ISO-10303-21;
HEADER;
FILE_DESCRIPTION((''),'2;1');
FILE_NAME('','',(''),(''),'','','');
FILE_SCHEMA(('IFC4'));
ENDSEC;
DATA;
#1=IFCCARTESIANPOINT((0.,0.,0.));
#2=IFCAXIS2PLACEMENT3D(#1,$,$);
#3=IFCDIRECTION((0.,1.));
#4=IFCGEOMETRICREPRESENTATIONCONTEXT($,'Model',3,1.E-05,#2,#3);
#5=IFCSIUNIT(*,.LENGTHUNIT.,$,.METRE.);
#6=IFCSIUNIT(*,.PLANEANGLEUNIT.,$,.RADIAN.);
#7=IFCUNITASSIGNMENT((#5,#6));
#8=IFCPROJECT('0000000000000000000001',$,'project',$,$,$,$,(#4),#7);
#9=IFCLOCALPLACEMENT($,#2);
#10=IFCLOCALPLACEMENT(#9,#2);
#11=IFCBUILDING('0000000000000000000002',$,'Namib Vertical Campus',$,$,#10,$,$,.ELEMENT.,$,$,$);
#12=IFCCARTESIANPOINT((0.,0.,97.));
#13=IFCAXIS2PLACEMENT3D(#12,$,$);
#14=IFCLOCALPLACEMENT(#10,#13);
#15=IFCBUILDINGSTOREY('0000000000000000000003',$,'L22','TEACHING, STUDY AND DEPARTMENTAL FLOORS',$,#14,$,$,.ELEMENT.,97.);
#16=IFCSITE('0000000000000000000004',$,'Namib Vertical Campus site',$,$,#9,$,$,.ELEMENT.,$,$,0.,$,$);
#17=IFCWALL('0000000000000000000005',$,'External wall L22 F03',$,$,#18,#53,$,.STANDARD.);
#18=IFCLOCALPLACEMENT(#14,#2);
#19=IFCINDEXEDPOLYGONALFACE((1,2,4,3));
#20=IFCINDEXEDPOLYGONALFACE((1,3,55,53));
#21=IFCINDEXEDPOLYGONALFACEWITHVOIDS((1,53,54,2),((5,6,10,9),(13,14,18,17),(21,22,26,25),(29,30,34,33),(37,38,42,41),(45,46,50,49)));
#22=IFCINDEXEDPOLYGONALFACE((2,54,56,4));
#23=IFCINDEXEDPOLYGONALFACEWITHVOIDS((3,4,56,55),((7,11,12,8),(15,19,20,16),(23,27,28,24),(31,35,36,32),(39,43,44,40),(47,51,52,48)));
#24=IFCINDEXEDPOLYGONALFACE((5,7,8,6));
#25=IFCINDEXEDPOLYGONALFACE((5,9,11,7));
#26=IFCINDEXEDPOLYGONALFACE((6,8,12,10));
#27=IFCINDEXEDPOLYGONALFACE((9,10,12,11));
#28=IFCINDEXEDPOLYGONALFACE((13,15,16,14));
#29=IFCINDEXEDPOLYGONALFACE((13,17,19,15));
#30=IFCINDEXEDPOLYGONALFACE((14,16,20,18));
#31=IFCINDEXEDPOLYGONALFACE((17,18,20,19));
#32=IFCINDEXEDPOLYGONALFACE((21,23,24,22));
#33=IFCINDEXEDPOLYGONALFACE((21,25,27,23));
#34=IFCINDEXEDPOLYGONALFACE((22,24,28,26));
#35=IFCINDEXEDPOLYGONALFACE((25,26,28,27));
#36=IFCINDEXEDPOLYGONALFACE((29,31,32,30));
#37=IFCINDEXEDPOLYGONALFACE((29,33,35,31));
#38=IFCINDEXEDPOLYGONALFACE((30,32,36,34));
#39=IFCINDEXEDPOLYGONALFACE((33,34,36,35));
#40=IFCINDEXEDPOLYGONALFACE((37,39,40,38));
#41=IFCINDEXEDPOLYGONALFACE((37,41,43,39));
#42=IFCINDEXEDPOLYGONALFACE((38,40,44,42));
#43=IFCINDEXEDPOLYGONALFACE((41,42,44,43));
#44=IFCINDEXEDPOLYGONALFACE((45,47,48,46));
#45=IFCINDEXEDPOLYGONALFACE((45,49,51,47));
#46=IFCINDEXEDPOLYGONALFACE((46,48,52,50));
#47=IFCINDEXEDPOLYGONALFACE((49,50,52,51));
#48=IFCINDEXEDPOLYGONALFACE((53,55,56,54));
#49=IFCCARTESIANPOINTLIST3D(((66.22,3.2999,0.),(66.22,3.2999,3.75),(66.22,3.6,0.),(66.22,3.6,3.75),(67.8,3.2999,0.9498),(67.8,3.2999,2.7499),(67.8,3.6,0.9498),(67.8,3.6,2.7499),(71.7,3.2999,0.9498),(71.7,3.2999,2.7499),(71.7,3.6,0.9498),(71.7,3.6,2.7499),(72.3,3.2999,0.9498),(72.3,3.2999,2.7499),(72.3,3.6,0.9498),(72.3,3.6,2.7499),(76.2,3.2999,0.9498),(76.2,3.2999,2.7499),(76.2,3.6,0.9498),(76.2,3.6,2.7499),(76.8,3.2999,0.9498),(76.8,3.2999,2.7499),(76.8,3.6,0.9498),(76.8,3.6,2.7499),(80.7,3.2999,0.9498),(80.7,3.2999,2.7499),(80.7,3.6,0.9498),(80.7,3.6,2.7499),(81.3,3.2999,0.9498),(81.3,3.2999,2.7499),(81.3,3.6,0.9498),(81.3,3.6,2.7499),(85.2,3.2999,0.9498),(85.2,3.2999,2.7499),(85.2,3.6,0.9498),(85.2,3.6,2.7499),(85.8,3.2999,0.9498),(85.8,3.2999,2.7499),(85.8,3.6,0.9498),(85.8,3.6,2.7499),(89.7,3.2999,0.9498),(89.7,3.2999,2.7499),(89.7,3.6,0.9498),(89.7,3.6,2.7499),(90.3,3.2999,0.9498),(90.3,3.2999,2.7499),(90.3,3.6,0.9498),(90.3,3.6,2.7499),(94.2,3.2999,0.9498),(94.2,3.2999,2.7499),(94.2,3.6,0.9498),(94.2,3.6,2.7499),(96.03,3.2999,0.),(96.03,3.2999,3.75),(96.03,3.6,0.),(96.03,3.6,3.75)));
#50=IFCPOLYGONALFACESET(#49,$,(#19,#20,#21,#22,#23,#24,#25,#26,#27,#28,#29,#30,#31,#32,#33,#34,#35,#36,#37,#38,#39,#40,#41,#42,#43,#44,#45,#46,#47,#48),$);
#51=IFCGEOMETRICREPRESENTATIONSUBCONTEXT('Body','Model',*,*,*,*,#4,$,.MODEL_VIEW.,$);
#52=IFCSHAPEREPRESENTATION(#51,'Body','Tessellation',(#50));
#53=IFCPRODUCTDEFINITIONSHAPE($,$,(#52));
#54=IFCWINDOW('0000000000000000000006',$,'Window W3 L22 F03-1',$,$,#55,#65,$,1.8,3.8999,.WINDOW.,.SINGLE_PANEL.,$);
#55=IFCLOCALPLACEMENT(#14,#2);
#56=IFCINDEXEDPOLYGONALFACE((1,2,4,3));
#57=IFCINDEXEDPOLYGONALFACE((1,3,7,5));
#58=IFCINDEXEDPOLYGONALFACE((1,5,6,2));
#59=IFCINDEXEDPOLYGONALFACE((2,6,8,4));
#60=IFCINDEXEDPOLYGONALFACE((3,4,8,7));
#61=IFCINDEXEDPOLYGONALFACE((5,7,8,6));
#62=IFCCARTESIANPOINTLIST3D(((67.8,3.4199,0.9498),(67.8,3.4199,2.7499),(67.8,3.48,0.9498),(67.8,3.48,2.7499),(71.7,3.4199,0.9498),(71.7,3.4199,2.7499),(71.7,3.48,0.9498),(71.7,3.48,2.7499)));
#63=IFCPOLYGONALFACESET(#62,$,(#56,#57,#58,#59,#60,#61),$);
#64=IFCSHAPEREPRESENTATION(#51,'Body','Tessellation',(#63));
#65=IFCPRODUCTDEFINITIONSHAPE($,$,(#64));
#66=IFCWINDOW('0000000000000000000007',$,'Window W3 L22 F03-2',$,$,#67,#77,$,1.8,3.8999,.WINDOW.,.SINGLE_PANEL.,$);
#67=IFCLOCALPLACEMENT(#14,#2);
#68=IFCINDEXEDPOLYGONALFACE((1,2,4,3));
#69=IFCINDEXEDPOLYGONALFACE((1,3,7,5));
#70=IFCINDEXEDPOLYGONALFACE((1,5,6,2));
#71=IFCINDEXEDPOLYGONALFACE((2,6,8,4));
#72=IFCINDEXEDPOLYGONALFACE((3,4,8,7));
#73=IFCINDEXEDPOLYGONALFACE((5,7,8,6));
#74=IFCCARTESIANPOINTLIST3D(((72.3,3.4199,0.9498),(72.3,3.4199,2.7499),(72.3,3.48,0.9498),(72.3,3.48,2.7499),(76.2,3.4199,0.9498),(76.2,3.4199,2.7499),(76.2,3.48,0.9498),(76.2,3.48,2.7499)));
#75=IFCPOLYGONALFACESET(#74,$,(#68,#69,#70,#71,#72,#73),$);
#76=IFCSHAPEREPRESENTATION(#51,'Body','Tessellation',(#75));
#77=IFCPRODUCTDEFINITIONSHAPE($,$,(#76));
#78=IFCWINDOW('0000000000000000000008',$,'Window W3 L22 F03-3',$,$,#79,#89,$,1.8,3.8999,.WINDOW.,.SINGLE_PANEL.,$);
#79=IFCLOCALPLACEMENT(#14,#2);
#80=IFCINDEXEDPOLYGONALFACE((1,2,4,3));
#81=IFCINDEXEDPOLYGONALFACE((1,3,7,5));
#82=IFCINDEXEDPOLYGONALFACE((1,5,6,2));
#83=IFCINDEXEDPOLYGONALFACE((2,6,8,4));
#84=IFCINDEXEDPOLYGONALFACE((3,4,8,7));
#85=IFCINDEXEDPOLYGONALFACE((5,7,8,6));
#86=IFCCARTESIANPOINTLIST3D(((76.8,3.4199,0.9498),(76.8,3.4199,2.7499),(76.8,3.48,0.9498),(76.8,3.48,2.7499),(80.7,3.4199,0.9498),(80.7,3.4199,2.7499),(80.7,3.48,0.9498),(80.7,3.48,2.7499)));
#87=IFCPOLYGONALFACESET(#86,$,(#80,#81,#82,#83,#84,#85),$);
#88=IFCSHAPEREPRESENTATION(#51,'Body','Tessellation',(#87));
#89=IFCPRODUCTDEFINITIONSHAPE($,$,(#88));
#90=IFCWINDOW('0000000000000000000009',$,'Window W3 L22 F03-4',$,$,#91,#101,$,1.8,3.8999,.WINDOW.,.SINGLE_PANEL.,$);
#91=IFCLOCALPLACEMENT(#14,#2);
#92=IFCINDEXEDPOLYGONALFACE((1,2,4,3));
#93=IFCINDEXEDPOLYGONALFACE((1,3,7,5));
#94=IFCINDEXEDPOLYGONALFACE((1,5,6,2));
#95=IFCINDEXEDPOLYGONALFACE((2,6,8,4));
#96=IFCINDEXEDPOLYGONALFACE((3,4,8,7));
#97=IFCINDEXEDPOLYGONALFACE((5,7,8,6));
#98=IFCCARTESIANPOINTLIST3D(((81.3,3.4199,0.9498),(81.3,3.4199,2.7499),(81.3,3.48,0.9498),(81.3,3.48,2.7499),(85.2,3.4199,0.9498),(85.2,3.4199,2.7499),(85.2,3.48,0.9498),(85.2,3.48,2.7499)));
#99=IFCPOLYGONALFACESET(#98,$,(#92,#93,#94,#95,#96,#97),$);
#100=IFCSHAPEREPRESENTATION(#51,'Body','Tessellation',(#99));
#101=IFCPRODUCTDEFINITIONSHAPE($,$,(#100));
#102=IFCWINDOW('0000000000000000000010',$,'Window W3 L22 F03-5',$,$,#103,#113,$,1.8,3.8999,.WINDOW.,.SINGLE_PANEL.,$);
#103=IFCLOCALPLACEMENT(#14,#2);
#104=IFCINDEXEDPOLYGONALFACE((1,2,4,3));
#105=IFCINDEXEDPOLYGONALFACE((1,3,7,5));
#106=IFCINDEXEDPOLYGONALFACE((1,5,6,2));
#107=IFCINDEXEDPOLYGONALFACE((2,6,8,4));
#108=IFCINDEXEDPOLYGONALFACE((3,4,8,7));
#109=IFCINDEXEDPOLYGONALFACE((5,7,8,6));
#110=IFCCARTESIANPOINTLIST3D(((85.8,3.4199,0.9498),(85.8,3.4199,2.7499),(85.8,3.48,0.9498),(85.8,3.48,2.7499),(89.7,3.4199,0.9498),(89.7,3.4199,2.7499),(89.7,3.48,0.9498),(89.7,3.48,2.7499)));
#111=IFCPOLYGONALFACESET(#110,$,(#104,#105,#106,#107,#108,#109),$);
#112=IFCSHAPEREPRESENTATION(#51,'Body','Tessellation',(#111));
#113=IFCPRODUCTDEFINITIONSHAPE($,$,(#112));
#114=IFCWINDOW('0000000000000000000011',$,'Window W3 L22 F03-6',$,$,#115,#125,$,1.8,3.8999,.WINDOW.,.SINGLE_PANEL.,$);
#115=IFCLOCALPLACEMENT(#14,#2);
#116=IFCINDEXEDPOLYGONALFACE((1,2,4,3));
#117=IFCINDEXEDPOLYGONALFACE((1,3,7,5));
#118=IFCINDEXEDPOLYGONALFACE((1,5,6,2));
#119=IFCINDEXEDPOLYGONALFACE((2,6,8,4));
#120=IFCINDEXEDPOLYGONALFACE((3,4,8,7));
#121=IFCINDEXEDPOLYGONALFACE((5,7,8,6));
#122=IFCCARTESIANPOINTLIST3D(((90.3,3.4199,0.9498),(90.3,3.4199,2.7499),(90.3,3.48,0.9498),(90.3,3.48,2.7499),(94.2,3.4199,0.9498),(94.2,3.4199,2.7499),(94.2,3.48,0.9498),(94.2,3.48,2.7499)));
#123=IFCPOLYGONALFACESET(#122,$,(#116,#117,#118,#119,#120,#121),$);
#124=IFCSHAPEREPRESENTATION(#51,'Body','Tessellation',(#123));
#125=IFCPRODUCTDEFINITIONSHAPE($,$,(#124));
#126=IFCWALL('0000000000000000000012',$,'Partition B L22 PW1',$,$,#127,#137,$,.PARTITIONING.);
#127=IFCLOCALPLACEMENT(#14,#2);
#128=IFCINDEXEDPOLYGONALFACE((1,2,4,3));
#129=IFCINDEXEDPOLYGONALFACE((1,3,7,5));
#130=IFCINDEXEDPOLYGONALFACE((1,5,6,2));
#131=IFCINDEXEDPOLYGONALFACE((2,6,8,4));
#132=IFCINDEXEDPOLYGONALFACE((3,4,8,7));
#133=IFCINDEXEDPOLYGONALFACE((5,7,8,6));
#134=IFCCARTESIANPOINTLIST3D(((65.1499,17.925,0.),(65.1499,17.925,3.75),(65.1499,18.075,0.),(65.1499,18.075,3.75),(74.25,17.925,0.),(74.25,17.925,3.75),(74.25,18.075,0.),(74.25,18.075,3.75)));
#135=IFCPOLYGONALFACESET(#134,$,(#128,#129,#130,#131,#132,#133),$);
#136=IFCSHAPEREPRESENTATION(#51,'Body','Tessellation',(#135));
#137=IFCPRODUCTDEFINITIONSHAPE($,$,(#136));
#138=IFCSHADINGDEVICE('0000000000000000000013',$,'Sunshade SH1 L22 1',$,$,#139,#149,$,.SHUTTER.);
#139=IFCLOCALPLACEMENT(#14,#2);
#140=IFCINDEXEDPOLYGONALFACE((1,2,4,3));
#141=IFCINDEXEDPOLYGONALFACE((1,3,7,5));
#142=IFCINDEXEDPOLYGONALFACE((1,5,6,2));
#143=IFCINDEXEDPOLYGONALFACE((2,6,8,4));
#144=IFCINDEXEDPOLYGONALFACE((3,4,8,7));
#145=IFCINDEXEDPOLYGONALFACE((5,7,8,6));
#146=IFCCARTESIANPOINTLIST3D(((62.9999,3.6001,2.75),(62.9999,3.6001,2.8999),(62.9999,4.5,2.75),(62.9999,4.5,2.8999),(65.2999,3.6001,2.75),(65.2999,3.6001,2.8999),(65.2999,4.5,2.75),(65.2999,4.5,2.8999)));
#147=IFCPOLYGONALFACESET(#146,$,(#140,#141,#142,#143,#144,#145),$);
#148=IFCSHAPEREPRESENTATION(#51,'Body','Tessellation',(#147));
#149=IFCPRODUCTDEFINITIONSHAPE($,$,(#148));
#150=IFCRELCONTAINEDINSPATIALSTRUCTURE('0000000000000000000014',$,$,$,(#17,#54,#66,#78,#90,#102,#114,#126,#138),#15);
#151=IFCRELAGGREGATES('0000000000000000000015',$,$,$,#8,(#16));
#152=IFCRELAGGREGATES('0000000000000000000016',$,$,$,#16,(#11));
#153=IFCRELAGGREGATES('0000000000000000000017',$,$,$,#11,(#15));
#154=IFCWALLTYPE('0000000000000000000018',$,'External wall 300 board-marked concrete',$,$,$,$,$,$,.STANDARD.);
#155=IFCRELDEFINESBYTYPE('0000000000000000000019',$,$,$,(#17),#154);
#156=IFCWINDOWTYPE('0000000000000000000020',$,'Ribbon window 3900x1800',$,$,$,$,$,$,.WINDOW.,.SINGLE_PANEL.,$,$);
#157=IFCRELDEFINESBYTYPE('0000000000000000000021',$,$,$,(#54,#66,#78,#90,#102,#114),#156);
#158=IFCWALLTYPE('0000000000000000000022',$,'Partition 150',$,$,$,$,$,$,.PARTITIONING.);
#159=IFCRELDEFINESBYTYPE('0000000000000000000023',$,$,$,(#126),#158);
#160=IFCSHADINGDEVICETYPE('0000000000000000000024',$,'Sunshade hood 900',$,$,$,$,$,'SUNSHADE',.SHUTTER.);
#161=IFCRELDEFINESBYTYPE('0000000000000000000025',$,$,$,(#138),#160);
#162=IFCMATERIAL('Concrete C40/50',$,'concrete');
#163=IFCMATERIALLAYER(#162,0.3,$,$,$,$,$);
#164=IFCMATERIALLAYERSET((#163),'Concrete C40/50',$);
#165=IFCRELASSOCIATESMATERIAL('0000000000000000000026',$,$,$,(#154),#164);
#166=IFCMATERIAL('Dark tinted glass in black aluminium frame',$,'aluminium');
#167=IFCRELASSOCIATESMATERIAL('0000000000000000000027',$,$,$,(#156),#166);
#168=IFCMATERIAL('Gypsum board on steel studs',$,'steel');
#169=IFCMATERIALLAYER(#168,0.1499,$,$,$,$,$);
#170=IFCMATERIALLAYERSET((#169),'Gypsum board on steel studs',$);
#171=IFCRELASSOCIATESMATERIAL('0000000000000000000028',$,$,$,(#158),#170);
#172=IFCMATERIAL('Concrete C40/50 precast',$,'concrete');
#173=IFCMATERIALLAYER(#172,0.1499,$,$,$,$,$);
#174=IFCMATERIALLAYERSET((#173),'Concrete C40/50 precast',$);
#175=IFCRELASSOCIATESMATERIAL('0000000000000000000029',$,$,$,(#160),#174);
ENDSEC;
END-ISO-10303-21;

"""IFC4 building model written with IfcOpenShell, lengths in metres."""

from ifc_helpers import new_model, si_unit, direction, frame, frame_2d, origin, origin_2d, place, context, subcontext, project, spatial, rectangle, extrude, material, layer, layer_set, type_object, element, fill, save


model = new_model("IFC4")

# Units and contexts
model_context = context("Model", 3, precision=1e-05, world=origin(), true_north=direction((0.0, 1.0)))
body_context = subcontext(model_context, "Body", "Model", "MODEL_VIEW")
ifc_project = project(units=[si_unit("LENGTHUNIT", "METRE"), si_unit("PLANEANGLEUNIT", "RADIAN")], contexts=[model_context])

# Site, building, storey
site_placement = place(None, origin())
site = spatial("IfcSite", under=ifc_project, at=site_placement, Name="Namib Vertical Campus site", CompositionType="ELEMENT", RefElevation=0.0)
building_placement = place(site_placement, origin())
building = spatial("IfcBuilding", under=site, at=building_placement, Name="Namib Vertical Campus", CompositionType="ELEMENT")
storey_placement = place(building_placement, frame((0.0, 0.0, 97.0)))
storey = spatial("IfcBuildingStorey", under=building, at=storey_placement, Name="L22", Description="TEACHING, STUDY AND DEPARTMENTAL FLOORS", CompositionType="ELEMENT", Elevation=97.0)

# Shared definitions
ifc_material_1 = material(Name="Concrete C40/50", Category="concrete")
ifc_layer_1 = layer(ifc_material_1, 0.3)
ifc_layer_set_1 = layer_set([ifc_layer_1], Name="Concrete C40/50")
wall_type_1 = type_object("IfcWallType", Name="External wall 300 board-marked concrete", PredefinedType="STANDARD", material=ifc_layer_set_1)

# Wall, openings, windows
wall_1_placement = place(storey_placement, frame((66.22, 3.45, 0.0), z_axis=(0.0, 0.0, 1.0), x_axis=(1.0, 0.0, 0.0)))
wall_1 = element("IfcWall", 1, at=wall_1_placement, inside=storey, type_object=wall_type_1, Name="External wall L22 F03", PredefinedType="STANDARD", context=body_context, shape_type="SweptSolid", body=[
    extrude(rectangle(XDim=29.8101, YDim=0.3, at=frame_2d((14.905, 0.0))), origin(), (0.0, 0.0, 1.0), 3.75),
])
opening_1_placement = place(wall_1_placement, frame((1.5801, 0.0, 0.95)))
opening_1 = element("IfcOpeningElement", 2, at=opening_1_placement, cuts=wall_1, PredefinedType="OPENING", context=body_context, shape_type="SweptSolid", body=[
    extrude(rectangle(XDim=3.8999, YDim=1.8, at=frame_2d((1.95, 0.8999))), frame((0.0, 0.1599, 0.0), z_axis=(0.0, -1.0, 0.0), x_axis=(1.0, 0.0, 0.0)), (0.0, 0.0, 1.0), 0.3201),
])
opening_2_placement = place(wall_1_placement, frame((6.0801, 0.0, 0.95)))
opening_2 = element("IfcOpeningElement", 3, at=opening_2_placement, cuts=wall_1, PredefinedType="OPENING", context=body_context, shape_type="SweptSolid", body=[
    extrude(rectangle(XDim=3.8999, YDim=1.8, at=frame_2d((1.95, 0.8999))), frame((0.0, 0.1599, 0.0), z_axis=(0.0, -1.0, 0.0), x_axis=(1.0, 0.0, 0.0)), (0.0, 0.0, 1.0), 0.3201),
])
opening_3_placement = place(wall_1_placement, frame((10.5801, 0.0, 0.95)))
opening_3 = element("IfcOpeningElement", 4, at=opening_3_placement, cuts=wall_1, PredefinedType="OPENING", context=body_context, shape_type="SweptSolid", body=[
    extrude(rectangle(XDim=3.8999, YDim=1.8, at=frame_2d((1.95, 0.8999))), frame((0.0, 0.1599, 0.0), z_axis=(0.0, -1.0, 0.0), x_axis=(1.0, 0.0, 0.0)), (0.0, 0.0, 1.0), 0.3201),
])
opening_4_placement = place(wall_1_placement, frame((15.0801, 0.0, 0.95)))
opening_4 = element("IfcOpeningElement", 5, at=opening_4_placement, cuts=wall_1, PredefinedType="OPENING", context=body_context, shape_type="SweptSolid", body=[
    extrude(rectangle(XDim=3.8999, YDim=1.8, at=frame_2d((1.95, 0.8999))), frame((0.0, 0.1599, 0.0), z_axis=(0.0, -1.0, 0.0), x_axis=(1.0, 0.0, 0.0)), (0.0, 0.0, 1.0), 0.3201),
])
opening_5_placement = place(wall_1_placement, frame((19.5801, 0.0, 0.95)))
opening_5 = element("IfcOpeningElement", 6, at=opening_5_placement, cuts=wall_1, PredefinedType="OPENING", context=body_context, shape_type="SweptSolid", body=[
    extrude(rectangle(XDim=3.8999, YDim=1.8, at=frame_2d((1.95, 0.8999))), frame((0.0, 0.1599, 0.0), z_axis=(0.0, -1.0, 0.0), x_axis=(1.0, 0.0, 0.0)), (0.0, 0.0, 1.0), 0.3201),
])
opening_6_placement = place(wall_1_placement, frame((24.0801, 0.0, 0.95)))
opening_6 = element("IfcOpeningElement", 7, at=opening_6_placement, cuts=wall_1, PredefinedType="OPENING", context=body_context, shape_type="SweptSolid", body=[
    extrude(rectangle(XDim=3.8999, YDim=1.8, at=frame_2d((1.95, 0.8999))), frame((0.0, 0.1599, 0.0), z_axis=(0.0, -1.0, 0.0), x_axis=(1.0, 0.0, 0.0)), (0.0, 0.0, 1.0), 0.3201),
])
ifc_material_2 = material(Name="Dark tinted glass in black aluminium frame", Category="aluminium")
window_type = type_object("IfcWindowType", Name="Ribbon window 3900x1800", PartitioningType="SINGLE_PANEL", PredefinedType="WINDOW", material=ifc_material_2)
window_1_placement = place(opening_1_placement, origin())
window_1 = element("IfcWindow", 8, at=window_1_placement, inside=storey, type_object=window_type, Name="Window W3 L22 F03-1", OverallHeight=1.8, OverallWidth=3.8999, PartitioningType="SINGLE_PANEL", PredefinedType="WINDOW", context=body_context, shape_type="SweptSolid", body=[
    extrude(rectangle(XDim=3.8999, YDim=1.8, at=frame_2d((1.95, 0.8999))), frame((0.0, 0.03, 0.0), z_axis=(0.0, -1.0, 0.0), x_axis=(1.0, 0.0, 0.0)), (0.0, 0.0, 1.0), 0.0601),
])
fill(opening_1, window_1)
window_2_placement = place(opening_2_placement, origin())
window_2 = element("IfcWindow", 9, at=window_2_placement, inside=storey, type_object=window_type, Name="Window W3 L22 F03-2", OverallHeight=1.8, OverallWidth=3.8999, PartitioningType="SINGLE_PANEL", PredefinedType="WINDOW", context=body_context, shape_type="SweptSolid", body=[
    extrude(rectangle(XDim=3.8999, YDim=1.8, at=frame_2d((1.95, 0.8999))), frame((0.0, 0.03, 0.0), z_axis=(0.0, -1.0, 0.0), x_axis=(1.0, 0.0, 0.0)), (0.0, 0.0, 1.0), 0.0601),
])
fill(opening_2, window_2)
window_3_placement = place(opening_3_placement, origin())
window_3 = element("IfcWindow", 10, at=window_3_placement, inside=storey, type_object=window_type, Name="Window W3 L22 F03-3", OverallHeight=1.8, OverallWidth=3.8999, PartitioningType="SINGLE_PANEL", PredefinedType="WINDOW", context=body_context, shape_type="SweptSolid", body=[
    extrude(rectangle(XDim=3.8999, YDim=1.8, at=frame_2d((1.95, 0.8999))), frame((0.0, 0.03, 0.0), z_axis=(0.0, -1.0, 0.0), x_axis=(1.0, 0.0, 0.0)), (0.0, 0.0, 1.0), 0.0601),
])
fill(opening_3, window_3)
window_4_placement = place(opening_4_placement, origin())
window_4 = element("IfcWindow", 11, at=window_4_placement, inside=storey, type_object=window_type, Name="Window W3 L22 F03-4", OverallHeight=1.8, OverallWidth=3.8999, PartitioningType="SINGLE_PANEL", PredefinedType="WINDOW", context=body_context, shape_type="SweptSolid", body=[
    extrude(rectangle(XDim=3.8999, YDim=1.8, at=frame_2d((1.95, 0.8999))), frame((0.0, 0.03, 0.0), z_axis=(0.0, -1.0, 0.0), x_axis=(1.0, 0.0, 0.0)), (0.0, 0.0, 1.0), 0.0601),
])
fill(opening_4, window_4)
window_5_placement = place(opening_5_placement, origin())
window_5 = element("IfcWindow", 12, at=window_5_placement, inside=storey, type_object=window_type, Name="Window W3 L22 F03-5", OverallHeight=1.8, OverallWidth=3.8999, PartitioningType="SINGLE_PANEL", PredefinedType="WINDOW", context=body_context, shape_type="SweptSolid", body=[
    extrude(rectangle(XDim=3.8999, YDim=1.8, at=frame_2d((1.95, 0.8999))), frame((0.0, 0.03, 0.0), z_axis=(0.0, -1.0, 0.0), x_axis=(1.0, 0.0, 0.0)), (0.0, 0.0, 1.0), 0.0601),
])
fill(opening_5, window_5)
window_6_placement = place(opening_6_placement, origin())
window_6 = element("IfcWindow", 13, at=window_6_placement, inside=storey, type_object=window_type, Name="Window W3 L22 F03-6", OverallHeight=1.8, OverallWidth=3.8999, PartitioningType="SINGLE_PANEL", PredefinedType="WINDOW", context=body_context, shape_type="SweptSolid", body=[
    extrude(rectangle(XDim=3.8999, YDim=1.8, at=frame_2d((1.95, 0.8999))), frame((0.0, 0.03, 0.0), z_axis=(0.0, -1.0, 0.0), x_axis=(1.0, 0.0, 0.0)), (0.0, 0.0, 1.0), 0.0601),
])
fill(opening_6, window_6)

# Wall
ifc_material_3 = material(Name="Gypsum board on steel studs", Category="steel")
ifc_layer_2 = layer(ifc_material_3, 0.1499)
ifc_layer_set_2 = layer_set([ifc_layer_2], Name="Gypsum board on steel studs")
wall_type_2 = type_object("IfcWallType", Name="Partition 150", PredefinedType="PARTITIONING", material=ifc_layer_set_2)
wall_2_placement = place(storey_placement, frame((65.1499, 18.0, 0.0), z_axis=(0.0, 0.0, 1.0), x_axis=(1.0, 0.0, 0.0)))
element("IfcWall", 14, at=wall_2_placement, inside=storey, type_object=wall_type_2, Name="Partition B L22 PW1", PredefinedType="PARTITIONING", context=body_context, shape_type="SweptSolid", body=[
    extrude(rectangle(XDim=9.1001, YDim=0.1499, at=frame_2d((4.55, 0.0))), origin(), (0.0, 0.0, 1.0), 3.75),
])

# Shading device
ifc_material_4 = material(Name="Concrete C40/50 precast", Category="concrete")
ifc_layer_3 = layer(ifc_material_4, 0.1499)
ifc_layer_set_3 = layer_set([ifc_layer_3], Name="Concrete C40/50 precast")
shading_device_type = type_object("IfcShadingDeviceType", Name="Sunshade hood 900", ElementType="SUNSHADE", PredefinedType="SHUTTER", material=ifc_layer_set_3)
shading_device_placement = place(storey_placement, frame((64.1499, 4.05, 2.75), z_axis=(0.0, 0.0, 1.0), x_axis=(1.0, 0.0, 0.0)))
element("IfcShadingDevice", 15, at=shading_device_placement, inside=storey, type_object=shading_device_type, Name="Sunshade SH1 L22 1", PredefinedType="SHUTTER", context=body_context, shape_type="SweptSolid", body=[
    extrude(rectangle(XDim=2.3, YDim=0.8999, at=origin_2d()), origin(), (0.0, 0.0, 1.0), 0.1499),
])

save(model, "model.ifc")
